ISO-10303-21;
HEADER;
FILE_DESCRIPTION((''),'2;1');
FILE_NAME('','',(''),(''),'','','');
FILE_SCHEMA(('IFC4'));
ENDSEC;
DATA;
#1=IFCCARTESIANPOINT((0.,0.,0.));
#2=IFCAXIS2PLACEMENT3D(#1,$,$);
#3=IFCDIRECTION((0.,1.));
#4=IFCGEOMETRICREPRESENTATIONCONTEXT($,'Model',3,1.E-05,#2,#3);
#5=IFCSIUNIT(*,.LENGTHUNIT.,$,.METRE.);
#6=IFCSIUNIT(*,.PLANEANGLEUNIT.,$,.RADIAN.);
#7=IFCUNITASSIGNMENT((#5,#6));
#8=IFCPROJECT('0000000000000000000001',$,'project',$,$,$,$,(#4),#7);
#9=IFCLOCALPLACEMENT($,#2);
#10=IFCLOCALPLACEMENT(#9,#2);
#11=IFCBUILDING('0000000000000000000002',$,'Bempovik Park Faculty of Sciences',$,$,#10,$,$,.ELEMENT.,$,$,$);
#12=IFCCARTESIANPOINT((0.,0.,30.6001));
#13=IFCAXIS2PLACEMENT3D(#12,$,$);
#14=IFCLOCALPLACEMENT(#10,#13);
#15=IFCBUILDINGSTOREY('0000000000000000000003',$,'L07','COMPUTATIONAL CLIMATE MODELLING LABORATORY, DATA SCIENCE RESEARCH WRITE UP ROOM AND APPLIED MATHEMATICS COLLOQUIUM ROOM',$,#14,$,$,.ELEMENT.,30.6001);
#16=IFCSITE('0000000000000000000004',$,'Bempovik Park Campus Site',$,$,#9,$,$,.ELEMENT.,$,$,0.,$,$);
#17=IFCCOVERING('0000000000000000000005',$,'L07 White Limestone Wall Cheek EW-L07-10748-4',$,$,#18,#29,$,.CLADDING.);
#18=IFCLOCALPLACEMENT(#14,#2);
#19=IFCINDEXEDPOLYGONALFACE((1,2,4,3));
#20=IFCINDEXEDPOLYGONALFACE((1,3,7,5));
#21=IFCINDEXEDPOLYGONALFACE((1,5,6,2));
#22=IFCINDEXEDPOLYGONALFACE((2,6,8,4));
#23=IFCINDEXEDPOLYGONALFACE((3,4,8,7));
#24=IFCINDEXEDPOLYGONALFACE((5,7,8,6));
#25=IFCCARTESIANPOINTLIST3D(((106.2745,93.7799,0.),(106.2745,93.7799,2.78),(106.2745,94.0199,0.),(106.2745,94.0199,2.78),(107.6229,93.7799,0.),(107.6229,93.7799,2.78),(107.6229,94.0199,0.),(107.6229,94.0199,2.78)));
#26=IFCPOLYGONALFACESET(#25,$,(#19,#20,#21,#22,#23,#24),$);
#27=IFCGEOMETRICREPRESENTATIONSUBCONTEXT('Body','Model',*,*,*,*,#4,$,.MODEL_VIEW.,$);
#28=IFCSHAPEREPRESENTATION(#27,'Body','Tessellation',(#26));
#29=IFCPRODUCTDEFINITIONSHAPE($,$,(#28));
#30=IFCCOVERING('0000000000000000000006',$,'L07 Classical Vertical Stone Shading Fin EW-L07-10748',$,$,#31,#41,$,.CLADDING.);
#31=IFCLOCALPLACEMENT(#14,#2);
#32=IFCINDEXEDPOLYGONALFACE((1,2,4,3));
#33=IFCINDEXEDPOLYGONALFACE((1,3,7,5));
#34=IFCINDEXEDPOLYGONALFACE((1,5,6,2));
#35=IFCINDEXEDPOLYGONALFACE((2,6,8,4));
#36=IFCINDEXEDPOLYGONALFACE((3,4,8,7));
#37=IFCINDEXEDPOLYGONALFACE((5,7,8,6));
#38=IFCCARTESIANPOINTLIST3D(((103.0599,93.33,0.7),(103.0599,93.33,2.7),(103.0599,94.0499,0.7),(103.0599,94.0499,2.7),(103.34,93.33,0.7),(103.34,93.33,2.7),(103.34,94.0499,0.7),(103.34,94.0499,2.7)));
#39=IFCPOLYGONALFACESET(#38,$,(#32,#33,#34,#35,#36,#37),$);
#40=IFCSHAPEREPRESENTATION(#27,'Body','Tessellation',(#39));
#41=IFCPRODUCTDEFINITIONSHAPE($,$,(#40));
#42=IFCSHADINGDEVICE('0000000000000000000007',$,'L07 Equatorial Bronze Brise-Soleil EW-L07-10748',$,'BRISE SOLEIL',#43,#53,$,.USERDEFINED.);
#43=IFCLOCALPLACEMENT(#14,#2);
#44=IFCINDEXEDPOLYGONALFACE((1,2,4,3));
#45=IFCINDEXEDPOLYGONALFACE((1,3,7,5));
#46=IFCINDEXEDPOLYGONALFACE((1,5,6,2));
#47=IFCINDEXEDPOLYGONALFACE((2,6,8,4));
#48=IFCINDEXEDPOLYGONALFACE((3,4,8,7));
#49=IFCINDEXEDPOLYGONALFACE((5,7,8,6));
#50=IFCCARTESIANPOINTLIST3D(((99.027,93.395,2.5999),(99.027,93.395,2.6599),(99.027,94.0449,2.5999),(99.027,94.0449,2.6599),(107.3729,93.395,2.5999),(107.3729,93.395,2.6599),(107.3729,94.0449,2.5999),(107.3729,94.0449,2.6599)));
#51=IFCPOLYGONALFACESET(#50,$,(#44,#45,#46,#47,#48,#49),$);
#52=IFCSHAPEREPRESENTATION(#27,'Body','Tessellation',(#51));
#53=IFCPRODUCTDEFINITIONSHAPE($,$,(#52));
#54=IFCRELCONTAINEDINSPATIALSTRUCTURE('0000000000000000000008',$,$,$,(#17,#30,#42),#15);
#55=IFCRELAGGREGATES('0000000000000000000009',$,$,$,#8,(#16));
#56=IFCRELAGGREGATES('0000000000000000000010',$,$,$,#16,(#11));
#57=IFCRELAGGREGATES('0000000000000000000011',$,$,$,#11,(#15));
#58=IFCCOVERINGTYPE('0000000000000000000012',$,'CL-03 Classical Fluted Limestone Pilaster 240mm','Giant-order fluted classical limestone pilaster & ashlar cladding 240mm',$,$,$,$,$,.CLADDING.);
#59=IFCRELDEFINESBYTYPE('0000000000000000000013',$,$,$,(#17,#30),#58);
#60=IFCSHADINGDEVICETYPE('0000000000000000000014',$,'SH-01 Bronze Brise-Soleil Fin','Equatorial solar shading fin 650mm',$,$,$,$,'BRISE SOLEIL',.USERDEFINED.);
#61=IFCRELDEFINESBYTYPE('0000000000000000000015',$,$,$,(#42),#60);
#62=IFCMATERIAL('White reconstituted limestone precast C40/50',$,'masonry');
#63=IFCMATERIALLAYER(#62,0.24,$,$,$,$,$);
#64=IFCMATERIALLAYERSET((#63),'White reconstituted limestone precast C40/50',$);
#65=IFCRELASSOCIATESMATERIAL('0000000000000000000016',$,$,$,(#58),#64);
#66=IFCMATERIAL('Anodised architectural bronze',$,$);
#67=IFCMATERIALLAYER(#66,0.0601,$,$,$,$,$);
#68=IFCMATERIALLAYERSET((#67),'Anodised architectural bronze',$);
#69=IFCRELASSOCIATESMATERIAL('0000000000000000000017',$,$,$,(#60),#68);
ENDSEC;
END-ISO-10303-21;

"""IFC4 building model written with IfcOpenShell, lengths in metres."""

from ifc_helpers import new_model, si_unit, direction, frame, origin, origin_2d, place, context, subcontext, project, spatial, rectangle, extrude, material, layer, layer_set, type_object, element, save


model = new_model("IFC4")

# Units and contexts
model_context = context("Model", 3, precision=1e-05, world=origin(), true_north=direction((0.0, 1.0)))
body_context = subcontext(model_context, "Body", "Model", "MODEL_VIEW")
ifc_project = project(units=[si_unit("LENGTHUNIT", "METRE"), si_unit("PLANEANGLEUNIT", "RADIAN")], contexts=[model_context])

# Site, building, storey
site_placement = place(None, origin())
site = spatial("IfcSite", under=ifc_project, at=site_placement, Name="Bempovik Park Campus Site", CompositionType="ELEMENT", RefElevation=0.0)
building_placement = place(site_placement, origin())
building = spatial("IfcBuilding", under=site, at=building_placement, Name="Bempovik Park Faculty of Sciences", CompositionType="ELEMENT")
storey_placement = place(building_placement, frame((0.0, 0.0, 30.6001)))
storey = spatial("IfcBuildingStorey", under=building, at=storey_placement, Name="L07", Description="COMPUTATIONAL CLIMATE MODELLING LABORATORY, DATA SCIENCE RESEARCH WRITE UP ROOM AND APPLIED MATHEMATICS COLLOQUIUM ROOM", CompositionType="ELEMENT", Elevation=30.6001)

# Coverings
ifc_material_1 = material(Name="White reconstituted limestone precast C40/50", Category="masonry")
ifc_layer_1 = layer(ifc_material_1, 0.24)
ifc_layer_set_1 = layer_set([ifc_layer_1], Name="White reconstituted limestone precast C40/50")
covering_type_1 = type_object("IfcCoveringType", Name="CL-03 Classical Fluted Limestone Pilaster 240mm", Description="Giant-order fluted classical limestone pilaster & ashlar cladding 240mm", PredefinedType="CLADDING", material=ifc_layer_set_1)
covering_1_placement = place(storey_placement, frame((106.9487, 93.8999, 0.0), z_axis=(0.0, 0.0, 1.0), x_axis=(1.0, 0.0, 0.0)))
element("IfcCovering", 1, at=covering_1_placement, inside=storey, type_object=covering_type_1, Name="L07 White Limestone Wall Cheek EW-L07-10748-4", PredefinedType="CLADDING", context=body_context, shape_type="SweptSolid", body=[
    extrude(rectangle(XDim=1.3484, YDim=0.24, at=origin_2d()), origin(), (0.0, 0.0, 1.0), 2.78),
])
covering_2_placement = place(storey_placement, frame((103.2, 93.6899, 0.7), z_axis=(0.0, 0.0, 1.0), x_axis=(1.0, 0.0, 0.0)))
element("IfcCovering", 2, at=covering_2_placement, inside=storey, type_object=covering_type_1, Name="L07 Classical Vertical Stone Shading Fin EW-L07-10748", PredefinedType="CLADDING", context=body_context, shape_type="SweptSolid", body=[
    extrude(rectangle(XDim=0.28, YDim=0.72, at=origin_2d()), origin(), (0.0, 0.0, 1.0), 2.0),
])

# Shading device
ifc_material_2 = material(Name="Anodised architectural bronze")
ifc_layer_2 = layer(ifc_material_2, 0.0601)
ifc_layer_set_2 = layer_set([ifc_layer_2], Name="Anodised architectural bronze")
shading_device_type = type_object("IfcShadingDeviceType", Name="SH-01 Bronze Brise-Soleil Fin", Description="Equatorial solar shading fin 650mm", ElementType="BRISE SOLEIL", PredefinedType="USERDEFINED", material=ifc_layer_set_2)
shading_device_placement = place(storey_placement, frame((103.2, 93.72, 2.5999), z_axis=(0.0, 0.0, 1.0), x_axis=(1.0, 0.0, 0.0)))
element("IfcShadingDevice", 3, at=shading_device_placement, inside=storey, type_object=shading_device_type, Name="L07 Equatorial Bronze Brise-Soleil EW-L07-10748", ObjectType="BRISE SOLEIL", PredefinedType="USERDEFINED", context=body_context, shape_type="SweptSolid", body=[
    extrude(rectangle(XDim=8.3459, YDim=0.6499, at=origin_2d()), origin(), (0.0, 0.0, 1.0), 0.0601),
])

save(model, "model.ifc")
